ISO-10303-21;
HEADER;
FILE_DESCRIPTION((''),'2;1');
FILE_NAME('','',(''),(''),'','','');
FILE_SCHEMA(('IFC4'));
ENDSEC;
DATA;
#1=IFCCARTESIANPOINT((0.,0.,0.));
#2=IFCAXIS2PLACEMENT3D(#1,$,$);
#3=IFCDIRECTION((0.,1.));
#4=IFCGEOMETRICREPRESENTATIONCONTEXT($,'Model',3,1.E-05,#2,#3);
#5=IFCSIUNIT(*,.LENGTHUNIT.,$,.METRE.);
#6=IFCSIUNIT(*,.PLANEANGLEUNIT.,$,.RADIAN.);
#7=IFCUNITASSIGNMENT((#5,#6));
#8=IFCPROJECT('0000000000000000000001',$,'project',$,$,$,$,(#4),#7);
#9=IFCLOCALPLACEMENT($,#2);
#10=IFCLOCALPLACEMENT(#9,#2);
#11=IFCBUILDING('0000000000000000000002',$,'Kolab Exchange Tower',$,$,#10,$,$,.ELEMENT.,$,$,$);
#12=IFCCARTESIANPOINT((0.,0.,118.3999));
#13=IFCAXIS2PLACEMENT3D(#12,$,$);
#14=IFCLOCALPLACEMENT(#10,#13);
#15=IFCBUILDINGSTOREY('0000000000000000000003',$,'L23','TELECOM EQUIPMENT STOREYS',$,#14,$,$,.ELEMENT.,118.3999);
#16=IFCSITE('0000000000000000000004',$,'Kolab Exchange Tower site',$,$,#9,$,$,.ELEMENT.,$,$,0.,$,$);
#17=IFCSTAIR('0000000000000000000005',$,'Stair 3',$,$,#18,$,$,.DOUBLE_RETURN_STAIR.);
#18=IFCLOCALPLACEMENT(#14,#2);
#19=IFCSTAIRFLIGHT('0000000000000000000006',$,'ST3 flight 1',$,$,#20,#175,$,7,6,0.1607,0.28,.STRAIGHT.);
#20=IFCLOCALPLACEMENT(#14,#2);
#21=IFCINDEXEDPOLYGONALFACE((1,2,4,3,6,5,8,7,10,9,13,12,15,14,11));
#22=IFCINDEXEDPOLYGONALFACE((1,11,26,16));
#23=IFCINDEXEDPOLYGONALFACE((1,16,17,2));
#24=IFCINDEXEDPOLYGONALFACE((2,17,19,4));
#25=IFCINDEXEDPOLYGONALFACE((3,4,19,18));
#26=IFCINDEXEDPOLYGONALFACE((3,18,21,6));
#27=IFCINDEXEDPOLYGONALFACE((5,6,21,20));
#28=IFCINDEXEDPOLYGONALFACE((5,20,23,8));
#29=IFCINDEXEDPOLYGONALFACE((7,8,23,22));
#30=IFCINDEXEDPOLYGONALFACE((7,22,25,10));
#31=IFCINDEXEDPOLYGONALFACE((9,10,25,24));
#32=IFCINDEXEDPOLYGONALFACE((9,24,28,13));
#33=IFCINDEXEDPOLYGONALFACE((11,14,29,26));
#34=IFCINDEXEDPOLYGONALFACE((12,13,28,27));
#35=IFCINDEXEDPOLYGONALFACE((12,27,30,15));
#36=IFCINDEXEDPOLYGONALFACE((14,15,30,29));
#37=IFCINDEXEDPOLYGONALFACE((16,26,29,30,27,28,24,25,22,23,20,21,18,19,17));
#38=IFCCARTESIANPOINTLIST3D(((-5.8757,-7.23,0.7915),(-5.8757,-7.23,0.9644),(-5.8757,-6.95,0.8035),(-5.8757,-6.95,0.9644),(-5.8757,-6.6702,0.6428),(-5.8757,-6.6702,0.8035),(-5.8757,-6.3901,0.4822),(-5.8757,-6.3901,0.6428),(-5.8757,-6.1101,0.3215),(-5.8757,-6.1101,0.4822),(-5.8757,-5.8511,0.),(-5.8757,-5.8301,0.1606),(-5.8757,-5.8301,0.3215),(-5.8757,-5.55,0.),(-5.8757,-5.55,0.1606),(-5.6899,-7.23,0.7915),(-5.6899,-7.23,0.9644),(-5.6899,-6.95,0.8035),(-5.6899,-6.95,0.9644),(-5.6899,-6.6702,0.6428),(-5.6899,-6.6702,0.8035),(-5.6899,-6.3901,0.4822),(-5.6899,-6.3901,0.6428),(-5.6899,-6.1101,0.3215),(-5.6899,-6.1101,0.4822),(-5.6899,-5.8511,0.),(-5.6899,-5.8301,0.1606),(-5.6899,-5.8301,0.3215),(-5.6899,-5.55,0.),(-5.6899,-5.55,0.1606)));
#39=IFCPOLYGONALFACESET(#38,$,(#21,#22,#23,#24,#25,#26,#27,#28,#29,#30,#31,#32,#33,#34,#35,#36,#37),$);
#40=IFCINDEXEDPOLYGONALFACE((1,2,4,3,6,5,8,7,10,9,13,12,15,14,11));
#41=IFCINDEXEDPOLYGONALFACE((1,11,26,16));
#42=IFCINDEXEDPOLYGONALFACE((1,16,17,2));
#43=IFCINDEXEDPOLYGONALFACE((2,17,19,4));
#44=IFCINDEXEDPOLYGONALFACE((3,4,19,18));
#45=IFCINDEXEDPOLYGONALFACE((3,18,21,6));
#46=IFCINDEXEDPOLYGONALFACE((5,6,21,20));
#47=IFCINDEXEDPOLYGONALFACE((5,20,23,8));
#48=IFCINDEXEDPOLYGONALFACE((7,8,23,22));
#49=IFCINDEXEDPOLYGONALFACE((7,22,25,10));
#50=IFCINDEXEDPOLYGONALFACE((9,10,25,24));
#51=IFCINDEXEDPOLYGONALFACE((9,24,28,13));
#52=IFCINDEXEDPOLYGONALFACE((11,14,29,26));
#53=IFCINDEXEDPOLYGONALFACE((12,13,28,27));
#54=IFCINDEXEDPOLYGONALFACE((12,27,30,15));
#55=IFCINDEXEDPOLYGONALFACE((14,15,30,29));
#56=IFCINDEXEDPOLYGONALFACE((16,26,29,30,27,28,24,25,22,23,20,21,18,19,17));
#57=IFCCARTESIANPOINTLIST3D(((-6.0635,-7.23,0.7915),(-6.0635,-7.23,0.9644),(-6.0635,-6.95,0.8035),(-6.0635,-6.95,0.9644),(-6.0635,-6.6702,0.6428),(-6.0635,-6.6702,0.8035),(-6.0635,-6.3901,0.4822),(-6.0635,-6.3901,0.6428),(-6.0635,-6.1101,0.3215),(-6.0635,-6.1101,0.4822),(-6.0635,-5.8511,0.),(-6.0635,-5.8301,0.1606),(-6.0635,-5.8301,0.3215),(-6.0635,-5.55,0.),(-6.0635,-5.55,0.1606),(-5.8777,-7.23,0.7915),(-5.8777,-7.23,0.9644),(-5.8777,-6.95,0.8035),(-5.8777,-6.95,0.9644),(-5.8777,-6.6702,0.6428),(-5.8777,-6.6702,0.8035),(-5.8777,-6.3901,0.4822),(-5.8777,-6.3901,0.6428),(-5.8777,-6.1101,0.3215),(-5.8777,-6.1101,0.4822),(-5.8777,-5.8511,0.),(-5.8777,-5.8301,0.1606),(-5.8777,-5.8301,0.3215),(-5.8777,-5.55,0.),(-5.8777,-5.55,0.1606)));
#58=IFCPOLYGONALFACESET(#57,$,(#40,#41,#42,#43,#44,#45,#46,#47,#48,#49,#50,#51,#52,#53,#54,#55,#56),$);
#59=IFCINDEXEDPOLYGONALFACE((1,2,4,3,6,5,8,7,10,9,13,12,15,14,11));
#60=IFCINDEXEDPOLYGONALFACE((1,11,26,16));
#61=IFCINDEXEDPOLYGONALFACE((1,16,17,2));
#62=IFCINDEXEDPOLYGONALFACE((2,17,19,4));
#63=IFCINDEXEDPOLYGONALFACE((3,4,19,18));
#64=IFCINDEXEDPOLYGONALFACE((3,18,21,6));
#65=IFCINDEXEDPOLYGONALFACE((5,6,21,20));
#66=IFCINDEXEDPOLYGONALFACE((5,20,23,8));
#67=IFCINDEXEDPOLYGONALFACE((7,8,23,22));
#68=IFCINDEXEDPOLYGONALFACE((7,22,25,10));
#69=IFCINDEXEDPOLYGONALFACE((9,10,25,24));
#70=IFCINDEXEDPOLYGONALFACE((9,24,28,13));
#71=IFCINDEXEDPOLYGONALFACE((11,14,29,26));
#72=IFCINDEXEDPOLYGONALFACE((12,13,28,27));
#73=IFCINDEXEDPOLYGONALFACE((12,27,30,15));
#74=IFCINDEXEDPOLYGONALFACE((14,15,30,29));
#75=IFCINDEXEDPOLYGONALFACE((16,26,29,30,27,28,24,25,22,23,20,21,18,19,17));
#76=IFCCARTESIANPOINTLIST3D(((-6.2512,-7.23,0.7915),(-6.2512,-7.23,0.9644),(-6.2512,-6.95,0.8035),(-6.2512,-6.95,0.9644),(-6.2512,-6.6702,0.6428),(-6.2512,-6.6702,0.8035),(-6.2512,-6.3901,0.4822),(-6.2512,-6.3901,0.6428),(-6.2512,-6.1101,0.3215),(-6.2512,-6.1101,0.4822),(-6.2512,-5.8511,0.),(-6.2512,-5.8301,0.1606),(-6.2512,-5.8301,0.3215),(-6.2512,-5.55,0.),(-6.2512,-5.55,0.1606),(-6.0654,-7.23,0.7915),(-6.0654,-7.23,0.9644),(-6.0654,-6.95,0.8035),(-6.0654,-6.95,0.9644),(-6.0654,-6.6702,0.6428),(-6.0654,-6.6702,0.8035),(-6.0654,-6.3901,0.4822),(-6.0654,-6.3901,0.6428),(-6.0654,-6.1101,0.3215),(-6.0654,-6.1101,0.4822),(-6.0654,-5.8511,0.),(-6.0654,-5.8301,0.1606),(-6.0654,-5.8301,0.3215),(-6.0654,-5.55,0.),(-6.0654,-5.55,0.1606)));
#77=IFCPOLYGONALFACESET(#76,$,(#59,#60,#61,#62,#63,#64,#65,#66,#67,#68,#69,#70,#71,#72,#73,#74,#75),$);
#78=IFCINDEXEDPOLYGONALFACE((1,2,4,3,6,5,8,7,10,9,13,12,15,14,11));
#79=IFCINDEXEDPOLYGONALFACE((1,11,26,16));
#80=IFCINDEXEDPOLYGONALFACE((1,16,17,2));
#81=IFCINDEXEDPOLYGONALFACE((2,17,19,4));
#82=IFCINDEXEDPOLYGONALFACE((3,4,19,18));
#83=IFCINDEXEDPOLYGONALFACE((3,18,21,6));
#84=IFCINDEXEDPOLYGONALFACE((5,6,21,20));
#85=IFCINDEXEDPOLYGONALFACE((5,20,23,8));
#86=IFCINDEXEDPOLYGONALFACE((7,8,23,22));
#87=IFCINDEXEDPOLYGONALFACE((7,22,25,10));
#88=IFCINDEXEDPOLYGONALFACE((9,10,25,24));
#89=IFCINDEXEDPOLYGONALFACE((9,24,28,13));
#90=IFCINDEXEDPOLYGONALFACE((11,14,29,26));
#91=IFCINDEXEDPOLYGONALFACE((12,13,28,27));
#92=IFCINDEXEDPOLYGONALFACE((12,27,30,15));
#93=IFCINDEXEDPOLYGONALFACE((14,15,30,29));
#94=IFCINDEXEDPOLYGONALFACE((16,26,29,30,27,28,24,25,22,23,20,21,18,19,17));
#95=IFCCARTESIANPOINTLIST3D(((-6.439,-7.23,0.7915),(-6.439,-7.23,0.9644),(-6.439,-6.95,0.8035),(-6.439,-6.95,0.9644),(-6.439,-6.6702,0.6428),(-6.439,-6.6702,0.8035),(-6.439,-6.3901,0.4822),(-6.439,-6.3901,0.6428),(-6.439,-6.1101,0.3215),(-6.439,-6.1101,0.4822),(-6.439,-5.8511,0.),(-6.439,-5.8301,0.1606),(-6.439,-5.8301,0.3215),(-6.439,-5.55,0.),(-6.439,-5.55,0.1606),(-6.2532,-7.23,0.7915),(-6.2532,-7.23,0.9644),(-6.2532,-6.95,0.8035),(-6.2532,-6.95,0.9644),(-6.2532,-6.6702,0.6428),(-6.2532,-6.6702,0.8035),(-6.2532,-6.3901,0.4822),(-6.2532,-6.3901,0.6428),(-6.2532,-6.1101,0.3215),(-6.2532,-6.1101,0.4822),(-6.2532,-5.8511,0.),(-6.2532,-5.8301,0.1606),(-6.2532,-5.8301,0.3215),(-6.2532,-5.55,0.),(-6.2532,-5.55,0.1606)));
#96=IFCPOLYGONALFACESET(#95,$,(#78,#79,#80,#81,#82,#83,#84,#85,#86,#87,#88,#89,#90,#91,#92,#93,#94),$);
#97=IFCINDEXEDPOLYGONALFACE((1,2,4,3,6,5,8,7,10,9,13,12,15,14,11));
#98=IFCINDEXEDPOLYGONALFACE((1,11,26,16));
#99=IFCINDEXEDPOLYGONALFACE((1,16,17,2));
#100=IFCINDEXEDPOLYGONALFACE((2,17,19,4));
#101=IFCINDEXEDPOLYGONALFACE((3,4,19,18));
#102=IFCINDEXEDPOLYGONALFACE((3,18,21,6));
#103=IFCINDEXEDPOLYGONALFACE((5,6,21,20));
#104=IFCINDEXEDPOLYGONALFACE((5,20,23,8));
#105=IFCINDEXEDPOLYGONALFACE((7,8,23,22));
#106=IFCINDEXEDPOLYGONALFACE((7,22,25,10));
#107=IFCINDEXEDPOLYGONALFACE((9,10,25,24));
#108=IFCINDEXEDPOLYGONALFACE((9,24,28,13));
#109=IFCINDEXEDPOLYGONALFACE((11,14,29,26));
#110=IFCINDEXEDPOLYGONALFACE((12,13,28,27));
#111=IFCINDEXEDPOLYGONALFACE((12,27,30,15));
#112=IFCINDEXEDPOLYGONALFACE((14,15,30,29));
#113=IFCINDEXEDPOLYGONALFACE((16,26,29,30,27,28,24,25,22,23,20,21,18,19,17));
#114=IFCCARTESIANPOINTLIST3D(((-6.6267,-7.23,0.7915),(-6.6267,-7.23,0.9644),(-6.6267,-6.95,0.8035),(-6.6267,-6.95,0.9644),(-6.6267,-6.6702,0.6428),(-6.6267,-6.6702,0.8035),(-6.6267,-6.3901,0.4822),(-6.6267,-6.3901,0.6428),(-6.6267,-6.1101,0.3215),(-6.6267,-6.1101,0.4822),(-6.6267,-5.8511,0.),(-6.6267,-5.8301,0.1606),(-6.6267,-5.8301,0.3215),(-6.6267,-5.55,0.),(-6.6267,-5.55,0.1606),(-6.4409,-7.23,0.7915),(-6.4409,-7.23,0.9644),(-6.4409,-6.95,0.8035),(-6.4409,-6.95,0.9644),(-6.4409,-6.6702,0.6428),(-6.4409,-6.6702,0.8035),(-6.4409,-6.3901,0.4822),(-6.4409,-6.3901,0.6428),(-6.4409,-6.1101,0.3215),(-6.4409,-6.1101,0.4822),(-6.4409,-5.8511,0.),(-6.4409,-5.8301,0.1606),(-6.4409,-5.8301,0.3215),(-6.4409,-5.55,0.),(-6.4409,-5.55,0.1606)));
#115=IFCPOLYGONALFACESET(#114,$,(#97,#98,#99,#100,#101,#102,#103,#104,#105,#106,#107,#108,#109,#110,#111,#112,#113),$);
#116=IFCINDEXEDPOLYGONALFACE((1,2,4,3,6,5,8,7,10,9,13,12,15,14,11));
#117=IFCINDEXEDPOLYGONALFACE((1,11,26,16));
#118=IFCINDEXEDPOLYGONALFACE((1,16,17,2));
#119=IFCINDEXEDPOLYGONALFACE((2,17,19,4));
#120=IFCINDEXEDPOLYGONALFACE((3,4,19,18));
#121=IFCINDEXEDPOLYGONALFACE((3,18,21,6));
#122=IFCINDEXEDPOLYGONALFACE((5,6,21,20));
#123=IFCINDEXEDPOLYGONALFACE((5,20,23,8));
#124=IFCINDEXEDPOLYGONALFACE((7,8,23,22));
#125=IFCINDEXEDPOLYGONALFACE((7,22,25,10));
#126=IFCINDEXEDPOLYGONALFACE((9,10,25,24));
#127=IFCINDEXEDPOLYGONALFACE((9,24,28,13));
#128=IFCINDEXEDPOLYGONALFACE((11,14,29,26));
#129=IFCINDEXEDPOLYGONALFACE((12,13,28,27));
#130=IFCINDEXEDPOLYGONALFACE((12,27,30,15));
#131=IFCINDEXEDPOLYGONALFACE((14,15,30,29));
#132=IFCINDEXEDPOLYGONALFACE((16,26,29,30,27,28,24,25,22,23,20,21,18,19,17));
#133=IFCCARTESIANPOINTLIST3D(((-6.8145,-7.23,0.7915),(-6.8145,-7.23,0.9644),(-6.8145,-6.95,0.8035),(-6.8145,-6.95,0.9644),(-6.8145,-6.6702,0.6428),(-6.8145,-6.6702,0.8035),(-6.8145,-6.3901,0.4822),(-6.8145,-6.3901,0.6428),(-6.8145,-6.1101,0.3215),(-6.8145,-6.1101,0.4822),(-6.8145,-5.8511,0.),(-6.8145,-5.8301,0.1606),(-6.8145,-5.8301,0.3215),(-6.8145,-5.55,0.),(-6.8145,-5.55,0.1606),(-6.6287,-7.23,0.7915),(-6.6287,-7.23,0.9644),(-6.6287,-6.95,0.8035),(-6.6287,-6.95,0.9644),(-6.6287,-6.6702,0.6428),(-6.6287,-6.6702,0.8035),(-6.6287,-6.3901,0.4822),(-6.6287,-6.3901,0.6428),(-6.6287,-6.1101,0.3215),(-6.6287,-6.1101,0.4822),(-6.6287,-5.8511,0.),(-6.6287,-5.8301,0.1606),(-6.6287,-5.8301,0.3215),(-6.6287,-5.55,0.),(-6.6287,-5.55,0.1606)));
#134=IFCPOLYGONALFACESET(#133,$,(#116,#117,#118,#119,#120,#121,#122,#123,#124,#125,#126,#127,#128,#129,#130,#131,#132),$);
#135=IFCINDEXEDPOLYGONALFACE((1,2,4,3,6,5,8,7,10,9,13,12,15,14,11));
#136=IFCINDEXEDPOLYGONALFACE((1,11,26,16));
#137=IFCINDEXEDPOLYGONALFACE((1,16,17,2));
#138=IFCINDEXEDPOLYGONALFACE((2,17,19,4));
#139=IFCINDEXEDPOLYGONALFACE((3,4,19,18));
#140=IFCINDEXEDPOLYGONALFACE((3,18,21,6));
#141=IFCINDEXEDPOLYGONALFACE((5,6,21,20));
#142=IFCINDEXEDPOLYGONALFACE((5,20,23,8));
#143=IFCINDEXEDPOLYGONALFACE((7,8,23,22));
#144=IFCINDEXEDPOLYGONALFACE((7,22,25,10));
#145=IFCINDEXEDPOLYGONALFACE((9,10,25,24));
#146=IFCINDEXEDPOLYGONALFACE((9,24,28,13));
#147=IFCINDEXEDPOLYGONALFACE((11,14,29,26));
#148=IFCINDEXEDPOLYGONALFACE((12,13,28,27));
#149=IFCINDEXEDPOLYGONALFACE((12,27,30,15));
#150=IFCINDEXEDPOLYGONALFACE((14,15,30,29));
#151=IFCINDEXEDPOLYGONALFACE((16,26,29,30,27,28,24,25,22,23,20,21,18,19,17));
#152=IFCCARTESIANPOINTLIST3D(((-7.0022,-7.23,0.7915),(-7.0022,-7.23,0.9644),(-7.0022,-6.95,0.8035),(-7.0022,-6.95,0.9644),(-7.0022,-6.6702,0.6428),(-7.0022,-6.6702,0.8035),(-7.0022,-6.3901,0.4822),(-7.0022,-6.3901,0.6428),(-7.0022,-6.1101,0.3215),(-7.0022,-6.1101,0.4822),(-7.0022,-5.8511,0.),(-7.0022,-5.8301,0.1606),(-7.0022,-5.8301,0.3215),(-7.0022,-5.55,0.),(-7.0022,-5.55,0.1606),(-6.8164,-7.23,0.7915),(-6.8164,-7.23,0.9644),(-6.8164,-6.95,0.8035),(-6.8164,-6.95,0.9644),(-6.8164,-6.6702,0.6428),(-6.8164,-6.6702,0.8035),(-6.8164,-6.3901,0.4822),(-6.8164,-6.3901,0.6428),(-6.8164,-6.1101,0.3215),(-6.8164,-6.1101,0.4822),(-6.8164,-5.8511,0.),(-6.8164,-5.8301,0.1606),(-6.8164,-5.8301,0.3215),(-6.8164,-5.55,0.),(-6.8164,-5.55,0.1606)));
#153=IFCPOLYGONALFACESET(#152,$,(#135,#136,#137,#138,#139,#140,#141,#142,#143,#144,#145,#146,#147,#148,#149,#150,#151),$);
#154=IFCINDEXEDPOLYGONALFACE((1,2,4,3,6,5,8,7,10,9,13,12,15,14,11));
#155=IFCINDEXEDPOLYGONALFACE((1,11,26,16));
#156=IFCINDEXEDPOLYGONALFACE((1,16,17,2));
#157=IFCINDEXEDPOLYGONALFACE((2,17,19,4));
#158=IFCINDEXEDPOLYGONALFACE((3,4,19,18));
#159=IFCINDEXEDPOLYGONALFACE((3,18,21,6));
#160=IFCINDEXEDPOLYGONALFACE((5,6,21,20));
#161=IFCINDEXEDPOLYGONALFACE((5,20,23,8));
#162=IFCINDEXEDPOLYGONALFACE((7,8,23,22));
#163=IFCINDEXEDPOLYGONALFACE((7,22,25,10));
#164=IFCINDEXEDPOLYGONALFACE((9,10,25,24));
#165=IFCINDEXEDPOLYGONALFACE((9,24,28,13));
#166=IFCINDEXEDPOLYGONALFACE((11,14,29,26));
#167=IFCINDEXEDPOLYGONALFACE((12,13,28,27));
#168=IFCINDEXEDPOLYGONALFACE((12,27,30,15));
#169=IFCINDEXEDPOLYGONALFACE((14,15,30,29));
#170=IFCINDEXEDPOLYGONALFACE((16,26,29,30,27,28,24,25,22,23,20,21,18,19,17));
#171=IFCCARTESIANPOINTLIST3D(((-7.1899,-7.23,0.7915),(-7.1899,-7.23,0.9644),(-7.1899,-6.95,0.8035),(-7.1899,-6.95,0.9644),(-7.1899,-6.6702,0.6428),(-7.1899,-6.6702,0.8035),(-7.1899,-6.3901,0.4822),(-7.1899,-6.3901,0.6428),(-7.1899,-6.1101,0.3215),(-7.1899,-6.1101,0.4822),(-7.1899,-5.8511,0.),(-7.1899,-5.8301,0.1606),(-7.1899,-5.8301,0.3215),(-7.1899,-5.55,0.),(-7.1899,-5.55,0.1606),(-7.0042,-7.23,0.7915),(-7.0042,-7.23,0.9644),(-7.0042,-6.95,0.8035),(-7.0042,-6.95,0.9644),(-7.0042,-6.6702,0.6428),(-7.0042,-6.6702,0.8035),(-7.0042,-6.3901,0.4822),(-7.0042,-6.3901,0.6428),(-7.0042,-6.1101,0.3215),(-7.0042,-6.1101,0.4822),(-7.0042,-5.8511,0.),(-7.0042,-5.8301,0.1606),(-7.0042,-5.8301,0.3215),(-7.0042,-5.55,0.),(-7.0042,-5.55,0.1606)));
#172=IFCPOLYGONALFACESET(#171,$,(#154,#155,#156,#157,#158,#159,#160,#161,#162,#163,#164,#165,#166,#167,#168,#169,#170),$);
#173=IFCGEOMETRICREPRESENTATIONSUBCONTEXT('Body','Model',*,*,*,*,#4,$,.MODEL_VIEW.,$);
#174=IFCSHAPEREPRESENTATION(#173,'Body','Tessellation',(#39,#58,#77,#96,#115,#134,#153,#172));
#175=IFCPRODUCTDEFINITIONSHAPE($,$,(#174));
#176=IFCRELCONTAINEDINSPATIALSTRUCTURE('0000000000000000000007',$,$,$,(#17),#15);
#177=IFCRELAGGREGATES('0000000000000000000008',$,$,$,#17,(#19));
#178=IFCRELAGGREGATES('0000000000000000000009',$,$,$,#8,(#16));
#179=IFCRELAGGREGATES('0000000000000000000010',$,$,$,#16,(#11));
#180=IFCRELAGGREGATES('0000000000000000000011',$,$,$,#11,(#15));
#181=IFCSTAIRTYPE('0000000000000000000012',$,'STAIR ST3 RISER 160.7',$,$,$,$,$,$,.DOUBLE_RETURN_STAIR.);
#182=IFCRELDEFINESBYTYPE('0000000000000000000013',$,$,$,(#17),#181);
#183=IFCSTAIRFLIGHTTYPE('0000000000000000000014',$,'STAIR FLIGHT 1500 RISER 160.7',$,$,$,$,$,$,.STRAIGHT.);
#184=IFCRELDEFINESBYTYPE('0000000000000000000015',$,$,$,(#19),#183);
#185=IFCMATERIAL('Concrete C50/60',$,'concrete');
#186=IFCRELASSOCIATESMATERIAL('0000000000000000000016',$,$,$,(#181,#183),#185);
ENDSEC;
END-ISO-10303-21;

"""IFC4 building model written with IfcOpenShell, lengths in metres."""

from ifc_helpers import new_model, si_unit, direction, frame, origin, place, context, subcontext, project, spatial, polyline, outline, extrude, material, type_object, element, aggregate, save


model = new_model("IFC4")

# Units and contexts
model_context = context("Model", 3, precision=1e-05, world=origin(), true_north=direction((0.0, 1.0)))
body_context = subcontext(model_context, "Body", "Model", "MODEL_VIEW")
ifc_project = project(units=[si_unit("LENGTHUNIT", "METRE"), si_unit("PLANEANGLEUNIT", "RADIAN")], contexts=[model_context])

# Site, building, storey
site_placement = place(None, origin())
site = spatial("IfcSite", under=ifc_project, at=site_placement, Name="Kolab Exchange Tower site", CompositionType="ELEMENT", RefElevation=0.0)
building_placement = place(site_placement, origin())
building = spatial("IfcBuilding", under=site, at=building_placement, Name="Kolab Exchange Tower", CompositionType="ELEMENT")
storey_placement = place(building_placement, frame((0.0, 0.0, 118.3999)))
storey = spatial("IfcBuildingStorey", under=building, at=storey_placement, Name="L23", Description="TELECOM EQUIPMENT STOREYS", CompositionType="ELEMENT", Elevation=118.3999)

# Shared definitions
ifc_material_1 = material(Name="Concrete C50/60", Category="concrete")

# Stair, stair flight
stair_type = type_object("IfcStairType", Name="STAIR ST3 RISER 160.7", PredefinedType="DOUBLE_RETURN_STAIR", material=ifc_material_1)
stair_placement = place(storey_placement, origin())
stair = element("IfcStair", 1, at=stair_placement, inside=storey, type_object=stair_type, Name="Stair 3", PredefinedType="DOUBLE_RETURN_STAIR")
stair_flight_type = type_object("IfcStairFlightType", Name="STAIR FLIGHT 1500 RISER 160.7", PredefinedType="STRAIGHT", material=ifc_material_1)
stair_flight_1_placement = place(storey_placement, frame((-6.4399, -5.55, 0.0), z_axis=(0.0, 0.0, 1.0), x_axis=(0.0, -1.0, 0.0)))
stair_flight_1 = element("IfcStairFlight", 2, at=stair_flight_1_placement, type_object=stair_flight_type, Name="ST3 flight 1", NumberOfRisers=7, NumberOfTreads=6, PredefinedType="STRAIGHT", RiserHeight=0.1607, TreadLength=0.28, context=body_context, shape_type="SweptSolid", body=[
    extrude(outline(polyline([(0.0, 0.0), (0.0, 0.1606), (0.28, 0.1606), (0.28, 0.3215), (0.5601, 0.3215), (0.5601, 0.4822), (0.8401, 0.4822), (0.8401, 0.6428), (1.1201, 0.6428), (1.1201, 0.8035), (1.3999, 0.8035), (1.3999, 0.9644), (1.6799, 0.9644), (1.6799, 1.125), (1.6799, 0.7915), (0.301, 0.0), (0.0, 0.0)])), frame((0.0, 0.75, 0.0), z_axis=(0.0, -1.0, 0.0), x_axis=(1.0, 0.0, 0.0)), (0.0, 0.0, 1.0), 0.1858),
    extrude(outline(polyline([(0.0, 0.0), (0.0, 0.1606), (0.28, 0.1606), (0.28, 0.3215), (0.5601, 0.3215), (0.5601, 0.4822), (0.8401, 0.4822), (0.8401, 0.6428), (1.1201, 0.6428), (1.1201, 0.8035), (1.3999, 0.8035), (1.3999, 0.9644), (1.6799, 0.9644), (1.6799, 1.125), (1.6799, 0.7915), (0.301, 0.0), (0.0, 0.0)])), frame((0.0, 0.5623, 0.0), z_axis=(0.0, -1.0, 0.0), x_axis=(1.0, 0.0, 0.0)), (0.0, 0.0, 1.0), 0.1858),
    extrude(outline(polyline([(0.0, 0.0), (0.0, 0.1606), (0.28, 0.1606), (0.28, 0.3215), (0.5601, 0.3215), (0.5601, 0.4822), (0.8401, 0.4822), (0.8401, 0.6428), (1.1201, 0.6428), (1.1201, 0.8035), (1.3999, 0.8035), (1.3999, 0.9644), (1.6799, 0.9644), (1.6799, 1.125), (1.6799, 0.7915), (0.301, 0.0), (0.0, 0.0)])), frame((0.0, 0.3745, 0.0), z_axis=(0.0, -1.0, 0.0), x_axis=(1.0, 0.0, 0.0)), (0.0, 0.0, 1.0), 0.1858),
    extrude(outline(polyline([(0.0, 0.0), (0.0, 0.1606), (0.28, 0.1606), (0.28, 0.3215), (0.5601, 0.3215), (0.5601, 0.4822), (0.8401, 0.4822), (0.8401, 0.6428), (1.1201, 0.6428), (1.1201, 0.8035), (1.3999, 0.8035), (1.3999, 0.9644), (1.6799, 0.9644), (1.6799, 1.125), (1.6799, 0.7915), (0.301, 0.0), (0.0, 0.0)])), frame((0.0, 0.1868, 0.0), z_axis=(0.0, -1.0, 0.0), x_axis=(1.0, 0.0, 0.0)), (0.0, 0.0, 1.0), 0.1858),
    extrude(outline(polyline([(0.0, 0.0), (0.0, 0.1606), (0.28, 0.1606), (0.28, 0.3215), (0.5601, 0.3215), (0.5601, 0.4822), (0.8401, 0.4822), (0.8401, 0.6428), (1.1201, 0.6428), (1.1201, 0.8035), (1.3999, 0.8035), (1.3999, 0.9644), (1.6799, 0.9644), (1.6799, 1.125), (1.6799, 0.7915), (0.301, 0.0), (0.0, 0.0)])), frame((0.0, -0.001, 0.0), z_axis=(0.0, -1.0, 0.0), x_axis=(1.0, 0.0, 0.0)), (0.0, 0.0, 1.0), 0.1858),
    extrude(outline(polyline([(0.0, 0.0), (0.0, 0.1606), (0.28, 0.1606), (0.28, 0.3215), (0.5601, 0.3215), (0.5601, 0.4822), (0.8401, 0.4822), (0.8401, 0.6428), (1.1201, 0.6428), (1.1201, 0.8035), (1.3999, 0.8035), (1.3999, 0.9644), (1.6799, 0.9644), (1.6799, 1.125), (1.6799, 0.7915), (0.301, 0.0), (0.0, 0.0)])), frame((0.0, -0.1887, 0.0), z_axis=(0.0, -1.0, 0.0), x_axis=(1.0, 0.0, 0.0)), (0.0, 0.0, 1.0), 0.1858),
    extrude(outline(polyline([(0.0, 0.0), (0.0, 0.1606), (0.28, 0.1606), (0.28, 0.3215), (0.5601, 0.3215), (0.5601, 0.4822), (0.8401, 0.4822), (0.8401, 0.6428), (1.1201, 0.6428), (1.1201, 0.8035), (1.3999, 0.8035), (1.3999, 0.9644), (1.6799, 0.9644), (1.6799, 1.125), (1.6799, 0.7915), (0.301, 0.0), (0.0, 0.0)])), frame((0.0, -0.3765, 0.0), z_axis=(0.0, -1.0, 0.0), x_axis=(1.0, 0.0, 0.0)), (0.0, 0.0, 1.0), 0.1858),
    extrude(outline(polyline([(0.0, 0.0), (0.0, 0.1606), (0.28, 0.1606), (0.28, 0.3215), (0.5601, 0.3215), (0.5601, 0.4822), (0.8401, 0.4822), (0.8401, 0.6428), (1.1201, 0.6428), (1.1201, 0.8035), (1.3999, 0.8035), (1.3999, 0.9644), (1.6799, 0.9644), (1.6799, 1.125), (1.6799, 0.7915), (0.301, 0.0), (0.0, 0.0)])), frame((0.0, -0.5642, 0.0), z_axis=(0.0, -1.0, 0.0), x_axis=(1.0, 0.0, 0.0)), (0.0, 0.0, 1.0), 0.1858),
])
aggregate(stair, [stair_flight_1])

save(model, "model.ifc")
